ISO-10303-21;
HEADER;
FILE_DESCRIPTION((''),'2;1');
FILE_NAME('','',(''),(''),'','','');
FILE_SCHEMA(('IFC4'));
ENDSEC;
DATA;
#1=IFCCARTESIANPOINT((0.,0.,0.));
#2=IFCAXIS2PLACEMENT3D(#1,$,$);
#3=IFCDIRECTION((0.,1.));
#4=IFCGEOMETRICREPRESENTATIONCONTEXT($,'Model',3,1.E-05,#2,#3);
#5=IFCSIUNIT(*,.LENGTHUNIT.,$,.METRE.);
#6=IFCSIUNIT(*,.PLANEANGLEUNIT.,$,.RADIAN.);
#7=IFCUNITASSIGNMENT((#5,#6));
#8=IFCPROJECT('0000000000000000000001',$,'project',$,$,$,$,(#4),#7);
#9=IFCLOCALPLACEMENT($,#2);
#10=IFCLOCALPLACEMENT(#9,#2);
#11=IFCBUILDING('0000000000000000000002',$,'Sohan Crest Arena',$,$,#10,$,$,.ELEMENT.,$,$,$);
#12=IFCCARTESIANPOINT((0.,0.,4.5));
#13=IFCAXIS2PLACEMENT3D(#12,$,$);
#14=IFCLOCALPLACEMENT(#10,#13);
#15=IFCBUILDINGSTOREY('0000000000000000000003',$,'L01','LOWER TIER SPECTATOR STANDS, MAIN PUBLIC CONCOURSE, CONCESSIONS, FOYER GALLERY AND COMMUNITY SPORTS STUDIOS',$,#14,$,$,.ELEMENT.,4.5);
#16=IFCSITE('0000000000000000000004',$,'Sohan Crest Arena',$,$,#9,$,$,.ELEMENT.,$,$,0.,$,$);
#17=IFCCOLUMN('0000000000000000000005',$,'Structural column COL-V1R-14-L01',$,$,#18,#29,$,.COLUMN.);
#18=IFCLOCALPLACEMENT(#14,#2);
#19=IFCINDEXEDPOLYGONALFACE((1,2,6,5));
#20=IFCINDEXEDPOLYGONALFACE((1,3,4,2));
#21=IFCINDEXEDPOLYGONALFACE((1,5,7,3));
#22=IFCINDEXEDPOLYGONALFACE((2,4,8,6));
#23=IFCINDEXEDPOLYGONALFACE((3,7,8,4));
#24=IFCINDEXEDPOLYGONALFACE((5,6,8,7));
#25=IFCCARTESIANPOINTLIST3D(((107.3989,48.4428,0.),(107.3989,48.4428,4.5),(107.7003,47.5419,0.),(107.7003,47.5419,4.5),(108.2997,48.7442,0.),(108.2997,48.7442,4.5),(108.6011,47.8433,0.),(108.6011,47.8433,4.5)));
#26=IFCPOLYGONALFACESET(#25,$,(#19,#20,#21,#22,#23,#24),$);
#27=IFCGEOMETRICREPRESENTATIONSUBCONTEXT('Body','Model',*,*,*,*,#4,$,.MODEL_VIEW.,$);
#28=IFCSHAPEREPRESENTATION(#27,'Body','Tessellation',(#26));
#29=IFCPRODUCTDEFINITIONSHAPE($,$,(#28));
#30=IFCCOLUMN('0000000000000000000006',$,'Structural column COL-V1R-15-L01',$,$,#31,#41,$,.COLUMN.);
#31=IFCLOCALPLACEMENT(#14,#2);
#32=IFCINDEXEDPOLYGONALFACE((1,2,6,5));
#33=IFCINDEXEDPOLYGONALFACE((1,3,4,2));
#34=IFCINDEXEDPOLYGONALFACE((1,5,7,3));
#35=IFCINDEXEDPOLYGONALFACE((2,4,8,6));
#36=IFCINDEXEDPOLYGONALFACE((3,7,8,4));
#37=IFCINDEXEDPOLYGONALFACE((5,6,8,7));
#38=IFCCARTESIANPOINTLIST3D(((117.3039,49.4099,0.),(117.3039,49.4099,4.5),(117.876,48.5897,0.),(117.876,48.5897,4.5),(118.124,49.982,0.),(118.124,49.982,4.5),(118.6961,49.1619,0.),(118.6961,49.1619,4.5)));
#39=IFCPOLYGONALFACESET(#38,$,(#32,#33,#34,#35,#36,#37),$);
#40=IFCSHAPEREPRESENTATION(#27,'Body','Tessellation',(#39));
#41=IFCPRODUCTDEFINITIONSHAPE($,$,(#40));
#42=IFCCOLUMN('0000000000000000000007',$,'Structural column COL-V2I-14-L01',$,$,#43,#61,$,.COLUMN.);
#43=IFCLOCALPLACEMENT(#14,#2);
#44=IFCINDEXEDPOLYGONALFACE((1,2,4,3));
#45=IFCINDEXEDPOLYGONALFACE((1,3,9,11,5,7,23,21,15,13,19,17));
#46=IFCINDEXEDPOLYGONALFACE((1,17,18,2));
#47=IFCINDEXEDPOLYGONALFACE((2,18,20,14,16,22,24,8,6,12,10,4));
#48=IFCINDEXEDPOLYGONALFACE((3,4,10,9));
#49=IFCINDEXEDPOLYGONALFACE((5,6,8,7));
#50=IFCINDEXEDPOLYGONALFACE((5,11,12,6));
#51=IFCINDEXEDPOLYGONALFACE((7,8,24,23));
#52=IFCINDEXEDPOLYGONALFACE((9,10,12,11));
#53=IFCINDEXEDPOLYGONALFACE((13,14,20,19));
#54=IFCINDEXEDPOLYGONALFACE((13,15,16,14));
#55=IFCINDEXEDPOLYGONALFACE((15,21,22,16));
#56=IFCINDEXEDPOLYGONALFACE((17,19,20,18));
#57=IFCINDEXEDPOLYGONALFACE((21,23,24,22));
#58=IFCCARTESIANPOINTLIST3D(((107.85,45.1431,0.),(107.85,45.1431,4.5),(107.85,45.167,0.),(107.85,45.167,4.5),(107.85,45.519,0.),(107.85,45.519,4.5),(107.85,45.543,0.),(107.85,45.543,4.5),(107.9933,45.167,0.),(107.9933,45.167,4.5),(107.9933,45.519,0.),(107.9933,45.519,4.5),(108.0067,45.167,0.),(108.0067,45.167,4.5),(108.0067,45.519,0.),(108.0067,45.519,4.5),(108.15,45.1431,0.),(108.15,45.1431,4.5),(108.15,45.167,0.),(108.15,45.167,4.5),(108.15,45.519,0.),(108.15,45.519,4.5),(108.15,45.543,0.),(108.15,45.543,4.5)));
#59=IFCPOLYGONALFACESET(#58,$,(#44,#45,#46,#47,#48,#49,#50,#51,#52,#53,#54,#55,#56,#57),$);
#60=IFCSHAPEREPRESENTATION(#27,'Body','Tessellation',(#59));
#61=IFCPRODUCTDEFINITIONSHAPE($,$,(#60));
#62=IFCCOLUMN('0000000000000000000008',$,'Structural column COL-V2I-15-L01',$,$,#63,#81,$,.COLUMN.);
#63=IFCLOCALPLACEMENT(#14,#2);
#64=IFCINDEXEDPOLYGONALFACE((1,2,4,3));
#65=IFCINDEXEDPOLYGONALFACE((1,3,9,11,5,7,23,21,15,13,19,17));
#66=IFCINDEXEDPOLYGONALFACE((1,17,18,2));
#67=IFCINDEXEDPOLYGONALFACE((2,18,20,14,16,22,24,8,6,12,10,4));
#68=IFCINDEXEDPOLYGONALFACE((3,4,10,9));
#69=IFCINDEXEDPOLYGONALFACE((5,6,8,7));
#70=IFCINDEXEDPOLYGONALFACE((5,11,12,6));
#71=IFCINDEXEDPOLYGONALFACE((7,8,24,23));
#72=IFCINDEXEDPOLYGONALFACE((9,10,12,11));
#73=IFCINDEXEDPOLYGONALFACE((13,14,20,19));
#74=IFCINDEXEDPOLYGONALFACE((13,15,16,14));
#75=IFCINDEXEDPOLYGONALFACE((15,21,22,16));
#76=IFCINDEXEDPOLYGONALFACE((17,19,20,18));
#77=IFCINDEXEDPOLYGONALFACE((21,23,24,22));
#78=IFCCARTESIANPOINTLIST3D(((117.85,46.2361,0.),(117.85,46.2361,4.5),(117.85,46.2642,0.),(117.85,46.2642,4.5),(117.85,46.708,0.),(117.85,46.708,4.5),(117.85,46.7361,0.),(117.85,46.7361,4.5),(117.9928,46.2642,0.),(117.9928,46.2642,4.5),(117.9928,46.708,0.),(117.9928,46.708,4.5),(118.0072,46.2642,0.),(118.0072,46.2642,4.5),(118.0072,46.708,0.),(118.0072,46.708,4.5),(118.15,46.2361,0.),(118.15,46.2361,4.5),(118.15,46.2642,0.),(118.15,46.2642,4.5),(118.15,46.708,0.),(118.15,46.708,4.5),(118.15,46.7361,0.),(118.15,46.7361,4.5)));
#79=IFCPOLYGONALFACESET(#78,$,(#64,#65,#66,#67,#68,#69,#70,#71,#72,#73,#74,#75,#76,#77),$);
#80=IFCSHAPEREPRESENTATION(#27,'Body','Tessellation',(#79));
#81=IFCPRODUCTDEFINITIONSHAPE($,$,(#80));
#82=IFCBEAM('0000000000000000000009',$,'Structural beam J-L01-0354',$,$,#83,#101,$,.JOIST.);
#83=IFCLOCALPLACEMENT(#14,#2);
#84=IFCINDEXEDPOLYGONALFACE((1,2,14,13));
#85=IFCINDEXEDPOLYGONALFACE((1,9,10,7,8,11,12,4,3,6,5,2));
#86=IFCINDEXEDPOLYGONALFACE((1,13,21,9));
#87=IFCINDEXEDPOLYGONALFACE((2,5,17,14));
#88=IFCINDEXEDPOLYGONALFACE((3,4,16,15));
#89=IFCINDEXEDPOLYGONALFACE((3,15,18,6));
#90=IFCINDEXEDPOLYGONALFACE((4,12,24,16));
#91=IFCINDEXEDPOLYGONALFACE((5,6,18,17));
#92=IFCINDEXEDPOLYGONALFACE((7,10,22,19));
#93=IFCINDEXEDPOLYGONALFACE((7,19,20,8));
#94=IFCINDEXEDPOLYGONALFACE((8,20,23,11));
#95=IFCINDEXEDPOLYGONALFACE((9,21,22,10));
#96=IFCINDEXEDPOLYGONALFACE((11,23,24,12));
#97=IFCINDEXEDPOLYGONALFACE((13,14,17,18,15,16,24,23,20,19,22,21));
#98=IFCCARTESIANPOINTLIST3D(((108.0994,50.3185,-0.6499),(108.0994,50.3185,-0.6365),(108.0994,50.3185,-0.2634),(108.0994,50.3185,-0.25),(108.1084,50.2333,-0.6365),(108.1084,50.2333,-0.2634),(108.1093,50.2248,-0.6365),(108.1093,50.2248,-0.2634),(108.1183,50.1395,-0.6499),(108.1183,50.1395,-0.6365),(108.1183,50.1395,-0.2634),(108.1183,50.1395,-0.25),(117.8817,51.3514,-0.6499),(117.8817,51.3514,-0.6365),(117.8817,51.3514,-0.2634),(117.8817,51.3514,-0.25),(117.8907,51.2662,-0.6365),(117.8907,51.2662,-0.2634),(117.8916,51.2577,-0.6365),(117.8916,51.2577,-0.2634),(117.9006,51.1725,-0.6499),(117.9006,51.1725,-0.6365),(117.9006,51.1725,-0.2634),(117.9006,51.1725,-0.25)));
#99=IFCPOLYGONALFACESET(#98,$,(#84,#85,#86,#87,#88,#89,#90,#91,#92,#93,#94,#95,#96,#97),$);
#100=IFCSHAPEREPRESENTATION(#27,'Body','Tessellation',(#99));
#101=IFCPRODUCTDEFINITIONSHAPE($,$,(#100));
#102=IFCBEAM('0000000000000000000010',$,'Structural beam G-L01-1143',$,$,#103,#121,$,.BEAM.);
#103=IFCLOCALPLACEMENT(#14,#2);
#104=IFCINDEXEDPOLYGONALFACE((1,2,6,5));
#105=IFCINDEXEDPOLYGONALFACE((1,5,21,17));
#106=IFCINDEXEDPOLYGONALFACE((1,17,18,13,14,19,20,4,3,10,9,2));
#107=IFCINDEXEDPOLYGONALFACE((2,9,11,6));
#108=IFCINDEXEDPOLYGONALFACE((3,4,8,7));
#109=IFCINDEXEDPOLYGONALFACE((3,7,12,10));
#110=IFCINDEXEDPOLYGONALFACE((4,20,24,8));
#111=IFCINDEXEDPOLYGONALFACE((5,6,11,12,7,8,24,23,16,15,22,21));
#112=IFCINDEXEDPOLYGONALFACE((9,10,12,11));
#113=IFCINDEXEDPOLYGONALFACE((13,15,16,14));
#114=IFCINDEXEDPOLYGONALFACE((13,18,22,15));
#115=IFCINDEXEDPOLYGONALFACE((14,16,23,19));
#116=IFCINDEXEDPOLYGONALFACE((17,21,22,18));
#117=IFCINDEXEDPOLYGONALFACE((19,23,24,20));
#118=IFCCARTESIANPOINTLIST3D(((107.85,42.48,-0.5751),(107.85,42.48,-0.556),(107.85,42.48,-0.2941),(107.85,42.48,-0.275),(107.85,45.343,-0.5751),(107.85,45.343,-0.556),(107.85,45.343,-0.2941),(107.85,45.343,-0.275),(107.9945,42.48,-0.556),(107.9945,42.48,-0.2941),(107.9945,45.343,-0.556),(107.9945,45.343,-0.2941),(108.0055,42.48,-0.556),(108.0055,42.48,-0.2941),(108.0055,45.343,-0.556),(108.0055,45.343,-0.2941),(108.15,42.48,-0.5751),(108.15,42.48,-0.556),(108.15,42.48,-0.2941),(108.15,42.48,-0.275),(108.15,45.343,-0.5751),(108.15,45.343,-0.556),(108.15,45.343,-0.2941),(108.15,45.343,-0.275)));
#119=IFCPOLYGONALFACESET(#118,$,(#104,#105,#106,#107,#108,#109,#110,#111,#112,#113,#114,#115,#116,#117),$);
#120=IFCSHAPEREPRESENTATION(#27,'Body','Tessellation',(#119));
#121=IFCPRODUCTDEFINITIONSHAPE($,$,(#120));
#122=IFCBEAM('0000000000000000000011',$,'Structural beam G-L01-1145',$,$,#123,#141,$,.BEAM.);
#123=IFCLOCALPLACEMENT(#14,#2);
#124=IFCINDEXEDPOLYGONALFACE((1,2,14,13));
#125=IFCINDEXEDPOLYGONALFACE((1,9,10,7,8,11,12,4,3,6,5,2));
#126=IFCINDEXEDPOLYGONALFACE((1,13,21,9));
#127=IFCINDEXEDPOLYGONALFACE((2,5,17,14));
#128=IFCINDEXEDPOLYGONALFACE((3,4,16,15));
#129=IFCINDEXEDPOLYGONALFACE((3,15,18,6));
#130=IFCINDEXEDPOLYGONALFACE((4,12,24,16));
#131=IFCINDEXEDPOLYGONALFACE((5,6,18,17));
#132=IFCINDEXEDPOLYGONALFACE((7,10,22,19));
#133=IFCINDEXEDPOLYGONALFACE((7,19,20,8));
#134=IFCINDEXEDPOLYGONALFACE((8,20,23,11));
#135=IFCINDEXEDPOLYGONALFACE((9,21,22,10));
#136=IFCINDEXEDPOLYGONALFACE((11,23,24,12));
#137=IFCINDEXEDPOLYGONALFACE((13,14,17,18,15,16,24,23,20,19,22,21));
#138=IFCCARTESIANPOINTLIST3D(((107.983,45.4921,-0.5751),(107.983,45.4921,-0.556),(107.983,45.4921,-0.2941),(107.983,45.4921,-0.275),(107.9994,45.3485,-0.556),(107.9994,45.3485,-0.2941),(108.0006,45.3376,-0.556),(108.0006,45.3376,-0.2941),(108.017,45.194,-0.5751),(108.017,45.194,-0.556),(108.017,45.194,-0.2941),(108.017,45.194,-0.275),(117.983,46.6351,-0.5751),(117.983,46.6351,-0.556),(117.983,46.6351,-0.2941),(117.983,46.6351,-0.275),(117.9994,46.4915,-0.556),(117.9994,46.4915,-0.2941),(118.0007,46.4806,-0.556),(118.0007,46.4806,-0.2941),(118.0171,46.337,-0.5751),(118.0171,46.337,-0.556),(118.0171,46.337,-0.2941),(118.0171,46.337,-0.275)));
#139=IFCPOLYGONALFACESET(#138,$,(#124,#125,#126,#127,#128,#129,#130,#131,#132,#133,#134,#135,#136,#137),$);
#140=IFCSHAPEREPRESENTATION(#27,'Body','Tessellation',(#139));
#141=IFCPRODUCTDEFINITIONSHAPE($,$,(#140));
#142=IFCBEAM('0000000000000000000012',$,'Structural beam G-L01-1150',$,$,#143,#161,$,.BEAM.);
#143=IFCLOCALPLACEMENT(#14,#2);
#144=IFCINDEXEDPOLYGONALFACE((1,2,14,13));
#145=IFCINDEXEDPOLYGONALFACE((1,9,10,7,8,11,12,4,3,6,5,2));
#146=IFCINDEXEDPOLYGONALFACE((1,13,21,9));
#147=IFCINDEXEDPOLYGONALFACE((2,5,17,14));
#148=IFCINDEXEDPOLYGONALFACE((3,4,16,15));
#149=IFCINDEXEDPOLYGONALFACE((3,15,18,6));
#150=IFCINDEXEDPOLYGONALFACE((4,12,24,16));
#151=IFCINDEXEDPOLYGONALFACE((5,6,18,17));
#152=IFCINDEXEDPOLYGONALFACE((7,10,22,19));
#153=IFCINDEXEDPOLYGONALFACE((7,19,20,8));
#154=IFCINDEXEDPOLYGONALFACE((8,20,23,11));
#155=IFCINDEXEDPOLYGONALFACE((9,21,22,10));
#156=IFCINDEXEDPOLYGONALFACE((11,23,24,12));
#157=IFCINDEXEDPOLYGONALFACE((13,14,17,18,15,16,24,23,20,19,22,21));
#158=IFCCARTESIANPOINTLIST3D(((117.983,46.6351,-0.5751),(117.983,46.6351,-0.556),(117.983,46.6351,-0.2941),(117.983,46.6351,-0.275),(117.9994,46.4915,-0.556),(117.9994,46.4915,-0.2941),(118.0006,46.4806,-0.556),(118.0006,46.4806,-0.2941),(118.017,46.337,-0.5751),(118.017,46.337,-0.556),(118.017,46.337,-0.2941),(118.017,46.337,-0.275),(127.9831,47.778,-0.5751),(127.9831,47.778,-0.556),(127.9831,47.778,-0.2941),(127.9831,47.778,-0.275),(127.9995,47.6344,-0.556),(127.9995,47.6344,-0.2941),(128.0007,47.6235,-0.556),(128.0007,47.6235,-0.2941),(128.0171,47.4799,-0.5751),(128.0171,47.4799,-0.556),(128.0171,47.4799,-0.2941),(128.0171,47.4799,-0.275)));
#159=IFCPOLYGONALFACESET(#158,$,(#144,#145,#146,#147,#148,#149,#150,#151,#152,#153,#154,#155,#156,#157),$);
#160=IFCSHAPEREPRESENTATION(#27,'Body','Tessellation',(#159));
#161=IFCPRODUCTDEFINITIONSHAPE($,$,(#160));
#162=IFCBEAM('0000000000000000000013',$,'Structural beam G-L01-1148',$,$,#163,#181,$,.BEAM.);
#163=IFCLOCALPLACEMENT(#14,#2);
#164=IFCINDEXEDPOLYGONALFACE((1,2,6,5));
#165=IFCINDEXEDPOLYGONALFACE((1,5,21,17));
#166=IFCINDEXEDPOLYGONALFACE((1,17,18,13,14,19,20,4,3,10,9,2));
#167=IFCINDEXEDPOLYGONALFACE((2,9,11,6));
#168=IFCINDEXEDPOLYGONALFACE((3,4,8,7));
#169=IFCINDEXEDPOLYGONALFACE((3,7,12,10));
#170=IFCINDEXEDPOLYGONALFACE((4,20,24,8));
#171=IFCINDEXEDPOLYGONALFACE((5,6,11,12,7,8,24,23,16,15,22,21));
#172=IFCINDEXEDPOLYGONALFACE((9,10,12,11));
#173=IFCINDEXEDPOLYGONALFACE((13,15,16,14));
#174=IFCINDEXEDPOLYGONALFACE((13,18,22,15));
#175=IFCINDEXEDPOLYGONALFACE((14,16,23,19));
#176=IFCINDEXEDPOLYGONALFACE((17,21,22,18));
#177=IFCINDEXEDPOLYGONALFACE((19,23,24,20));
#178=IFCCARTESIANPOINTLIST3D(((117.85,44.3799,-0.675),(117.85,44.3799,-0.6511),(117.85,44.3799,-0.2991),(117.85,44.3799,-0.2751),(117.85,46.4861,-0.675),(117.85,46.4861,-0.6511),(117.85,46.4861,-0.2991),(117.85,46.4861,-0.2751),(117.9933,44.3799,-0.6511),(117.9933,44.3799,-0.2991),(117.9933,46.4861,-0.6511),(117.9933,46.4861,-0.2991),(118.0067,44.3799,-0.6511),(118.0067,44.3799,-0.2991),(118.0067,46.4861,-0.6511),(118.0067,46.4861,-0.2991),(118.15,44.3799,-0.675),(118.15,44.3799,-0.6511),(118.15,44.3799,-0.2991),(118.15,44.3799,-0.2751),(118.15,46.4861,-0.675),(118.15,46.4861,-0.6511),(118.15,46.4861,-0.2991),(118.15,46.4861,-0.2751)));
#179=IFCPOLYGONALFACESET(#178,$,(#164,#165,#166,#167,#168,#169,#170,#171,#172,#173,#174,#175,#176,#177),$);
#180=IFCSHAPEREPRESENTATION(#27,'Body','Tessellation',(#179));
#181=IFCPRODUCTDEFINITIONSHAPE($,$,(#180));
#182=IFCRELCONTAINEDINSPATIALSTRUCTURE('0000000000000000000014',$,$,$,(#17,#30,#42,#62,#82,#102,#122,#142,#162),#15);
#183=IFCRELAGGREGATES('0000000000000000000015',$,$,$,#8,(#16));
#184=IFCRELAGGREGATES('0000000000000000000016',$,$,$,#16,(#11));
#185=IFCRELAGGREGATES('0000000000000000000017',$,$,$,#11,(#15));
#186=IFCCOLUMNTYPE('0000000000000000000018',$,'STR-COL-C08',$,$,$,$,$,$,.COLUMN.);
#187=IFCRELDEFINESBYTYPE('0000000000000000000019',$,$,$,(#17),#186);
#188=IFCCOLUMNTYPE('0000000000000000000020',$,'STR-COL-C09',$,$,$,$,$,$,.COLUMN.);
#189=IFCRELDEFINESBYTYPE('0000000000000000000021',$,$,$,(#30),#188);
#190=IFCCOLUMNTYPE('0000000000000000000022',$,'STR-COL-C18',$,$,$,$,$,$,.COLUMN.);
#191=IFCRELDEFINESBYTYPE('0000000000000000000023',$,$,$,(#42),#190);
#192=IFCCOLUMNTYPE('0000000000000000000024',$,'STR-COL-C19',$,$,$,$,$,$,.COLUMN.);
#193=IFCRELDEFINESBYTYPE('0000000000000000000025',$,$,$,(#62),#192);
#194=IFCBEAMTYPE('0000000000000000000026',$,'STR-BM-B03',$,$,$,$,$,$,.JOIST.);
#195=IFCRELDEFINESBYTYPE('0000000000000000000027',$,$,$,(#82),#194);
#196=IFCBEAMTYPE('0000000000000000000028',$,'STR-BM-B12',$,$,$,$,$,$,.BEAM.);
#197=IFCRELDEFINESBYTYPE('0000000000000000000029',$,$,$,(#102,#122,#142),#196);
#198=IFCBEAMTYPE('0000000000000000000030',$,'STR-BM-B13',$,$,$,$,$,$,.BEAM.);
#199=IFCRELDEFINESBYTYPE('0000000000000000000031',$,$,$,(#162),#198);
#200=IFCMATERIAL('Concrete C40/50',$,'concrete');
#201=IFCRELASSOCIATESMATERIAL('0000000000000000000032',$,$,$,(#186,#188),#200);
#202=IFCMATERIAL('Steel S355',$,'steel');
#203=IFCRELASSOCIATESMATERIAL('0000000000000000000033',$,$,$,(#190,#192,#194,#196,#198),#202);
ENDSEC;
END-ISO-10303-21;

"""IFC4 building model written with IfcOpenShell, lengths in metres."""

from ifc_helpers import new_model, si_unit, direction, frame, origin, origin_2d, place, context, subcontext, project, spatial, rectangle, i_section, extrude, material, material_profile, profile_set, type_object, element, save


model = new_model("IFC4")

# Units and contexts
model_context = context("Model", 3, precision=1e-05, world=origin(), true_north=direction((0.0, 1.0)))
body_context = subcontext(model_context, "Body", "Model", "MODEL_VIEW")
ifc_project = project(units=[si_unit("LENGTHUNIT", "METRE"), si_unit("PLANEANGLEUNIT", "RADIAN")], contexts=[model_context])

# Site, building, storey
site_placement = place(None, origin())
site = spatial("IfcSite", under=ifc_project, at=site_placement, Name="Sohan Crest Arena", CompositionType="ELEMENT", RefElevation=0.0)
building_placement = place(site_placement, origin())
building = spatial("IfcBuilding", under=site, at=building_placement, Name="Sohan Crest Arena", CompositionType="ELEMENT")
storey_placement = place(building_placement, frame((0.0, 0.0, 4.5)))
storey = spatial("IfcBuildingStorey", under=building, at=storey_placement, Name="L01", Description="LOWER TIER SPECTATOR STANDS, MAIN PUBLIC CONCOURSE, CONCESSIONS, FOYER GALLERY AND COMMUNITY SPORTS STUDIOS", CompositionType="ELEMENT", Elevation=4.5)

# Columns
ifc_material_1 = material(Name="Concrete C40/50", Category="concrete")
ifc_material_profile_1 = material_profile(ifc_material_1, rectangle(XDim=0.95, YDim=0.95, at=origin_2d()), Name="RC 950x950")
ifc_profile_set_1 = profile_set([ifc_material_profile_1], Name="Concrete C40/50")
column_type_1 = type_object("IfcColumnType", Name="STR-COL-C08", PredefinedType="COLUMN", material=ifc_profile_set_1)
column_1_placement = place(storey_placement, frame((108.0, 48.1431, 0.0), z_axis=(0.0, 0.0, 1.0), x_axis=(-0.317305, 0.948324, 0.0)))
element("IfcColumn", 1, at=column_1_placement, inside=storey, type_object=column_type_1, Name="Structural column COL-V1R-14-L01", PredefinedType="COLUMN", context=body_context, shape_type="SweptSolid", body=[
    extrude(rectangle(XDim=0.95, YDim=0.95, at=origin_2d()), origin(), (0.0, 0.0, 1.0), 4.5),
])
ifc_material_profile_2 = material_profile(ifc_material_1, rectangle(XDim=1.0, YDim=1.0, at=origin_2d()), Name="RC 1000x1000")
ifc_profile_set_2 = profile_set([ifc_material_profile_2], Name="Concrete C40/50")
column_type_2 = type_object("IfcColumnType", Name="STR-COL-C09", PredefinedType="COLUMN", material=ifc_profile_set_2)
column_2_placement = place(storey_placement, frame((118.0, 49.2859, 0.0), z_axis=(0.0, 0.0, 1.0), x_axis=(-0.572146, 0.820152, 0.0)))
element("IfcColumn", 2, at=column_2_placement, inside=storey, type_object=column_type_2, Name="Structural column COL-V1R-15-L01", PredefinedType="COLUMN", context=body_context, shape_type="SweptSolid", body=[
    extrude(rectangle(XDim=1.0, YDim=1.0, at=origin_2d()), origin(), (0.0, 0.0, 1.0), 4.5),
])
ifc_material_2 = material(Name="Steel S355", Category="steel")
ifc_material_profile_3 = material_profile(ifc_material_2, i_section(OverallWidth=0.3, OverallDepth=0.3999, WebThickness=0.0134, FlangeThickness=0.0239, at=origin_2d()), Name="HEB 400")
ifc_profile_set_3 = profile_set([ifc_material_profile_3], Name="Steel S355")
column_type_3 = type_object("IfcColumnType", Name="STR-COL-C18", PredefinedType="COLUMN", material=ifc_profile_set_3)
column_3_placement = place(storey_placement, frame((108.0, 45.343, 0.0), z_axis=(0.0, 0.0, 1.0), x_axis=(1.0, 0.0, 0.0)))
element("IfcColumn", 3, at=column_3_placement, inside=storey, type_object=column_type_3, Name="Structural column COL-V2I-14-L01", PredefinedType="COLUMN", context=body_context, shape_type="SweptSolid", body=[
    extrude(i_section(OverallWidth=0.3, OverallDepth=0.3999, WebThickness=0.0134, FlangeThickness=0.0239, at=origin_2d()), origin(), (0.0, 0.0, 1.0), 4.5),
])
ifc_material_profile_4 = material_profile(ifc_material_2, i_section(OverallWidth=0.3, OverallDepth=0.5, WebThickness=0.0144, FlangeThickness=0.0281, at=origin_2d()), Name="HEB 500")
ifc_profile_set_4 = profile_set([ifc_material_profile_4], Name="Steel S355")
column_type_4 = type_object("IfcColumnType", Name="STR-COL-C19", PredefinedType="COLUMN", material=ifc_profile_set_4)
column_4_placement = place(storey_placement, frame((118.0, 46.4861, 0.0), z_axis=(0.0, 0.0, 1.0), x_axis=(1.0, 0.0, 0.0)))
element("IfcColumn", 4, at=column_4_placement, inside=storey, type_object=column_type_4, Name="Structural column COL-V2I-15-L01", PredefinedType="COLUMN", context=body_context, shape_type="SweptSolid", body=[
    extrude(i_section(OverallWidth=0.3, OverallDepth=0.5, WebThickness=0.0144, FlangeThickness=0.0281, at=origin_2d()), origin(), (0.0, 0.0, 1.0), 4.5),
])

# Beams
ifc_material_profile_5 = material_profile(ifc_material_2, i_section(OverallWidth=0.1799, OverallDepth=0.3999, WebThickness=0.0085, FlangeThickness=0.0134, at=origin_2d()), Name="IPE 400")
ifc_profile_set_5 = profile_set([ifc_material_profile_5], Name="Steel S355")
beam_type_1 = type_object("IfcBeamType", Name="STR-BM-B03", PredefinedType="JOIST", material=ifc_profile_set_5)
beam_1_placement = place(storey_placement, frame((108.1089, 50.229, -0.45), z_axis=(0.994471, 0.105012, 0.0), x_axis=(-0.105012, 0.994471, 0.0)))
element("IfcBeam", 5, at=beam_1_placement, inside=storey, type_object=beam_type_1, Name="Structural beam J-L01-0354", PredefinedType="JOIST", context=body_context, shape_type="SweptSolid", body=[
    extrude(i_section(OverallWidth=0.1799, OverallDepth=0.3999, WebThickness=0.0085, FlangeThickness=0.0134, at=origin_2d()), origin(), (0.0, 0.0, 1.0), 9.8367),
])
ifc_material_profile_6 = material_profile(ifc_material_2, i_section(OverallWidth=0.3, OverallDepth=0.3, WebThickness=0.011, FlangeThickness=0.019, at=origin_2d()), Name="HEB 300")
ifc_profile_set_6 = profile_set([ifc_material_profile_6], Name="Steel S355")
beam_type_2 = type_object("IfcBeamType", Name="STR-BM-B12", PredefinedType="BEAM", material=ifc_profile_set_6)
beam_2_placement = place(storey_placement, frame((108.0, 45.343, -0.425), z_axis=(0.0, -1.0, 0.0), x_axis=(1.0, 0.0, 0.0)))
element("IfcBeam", 6, at=beam_2_placement, inside=storey, type_object=beam_type_2, Name="Structural beam G-L01-1143", PredefinedType="BEAM", context=body_context, shape_type="SweptSolid", body=[
    extrude(i_section(OverallWidth=0.3, OverallDepth=0.3, WebThickness=0.011, FlangeThickness=0.019, at=origin_2d()), origin(), (0.0, 0.0, 1.0), 2.863),
])
for number, where, z_axis, x_axis, name in (
    (7, (108.0, 45.343, -0.425), (0.99353, 0.113567, 0.0), (-0.113567, 0.99353, 0.0), "Structural beam G-L01-1145"),
    (8, (118.0, 46.4861, -0.425), (0.993533, 0.113543, 0.0), (-0.113543, 0.993533, 0.0), "Structural beam G-L01-1150"),
):
    element("IfcBeam", number, at=place(storey_placement, frame(where, z_axis=z_axis, x_axis=x_axis)), inside=storey, type_object=beam_type_2, Name=name, PredefinedType="BEAM", context=body_context, shape_type="SweptSolid", body=[
        extrude(i_section(OverallWidth=0.3, OverallDepth=0.3, WebThickness=0.011, FlangeThickness=0.019, at=origin_2d()), origin(), (0.0, 0.0, 1.0), 10.0652),
    ])
ifc_material_profile_7 = material_profile(ifc_material_2, i_section(OverallWidth=0.3, OverallDepth=0.3999, WebThickness=0.0134, FlangeThickness=0.0239, at=origin_2d()), Name="HEB 400")
ifc_profile_set_7 = profile_set([ifc_material_profile_7], Name="Steel S355")
beam_type_3 = type_object("IfcBeamType", Name="STR-BM-B13", PredefinedType="BEAM", material=ifc_profile_set_7)
beam_3_placement = place(storey_placement, frame((118.0, 46.4861, -0.4751), z_axis=(0.0, -1.0, 0.0), x_axis=(1.0, 0.0, 0.0)))
element("IfcBeam", 9, at=beam_3_placement, inside=storey, type_object=beam_type_3, Name="Structural beam G-L01-1148", PredefinedType="BEAM", context=body_context, shape_type="SweptSolid", body=[
    extrude(i_section(OverallWidth=0.3, OverallDepth=0.3999, WebThickness=0.0134, FlangeThickness=0.0239, at=origin_2d()), origin(), (0.0, 0.0, 1.0), 2.1062),
])

save(model, "model.ifc")
